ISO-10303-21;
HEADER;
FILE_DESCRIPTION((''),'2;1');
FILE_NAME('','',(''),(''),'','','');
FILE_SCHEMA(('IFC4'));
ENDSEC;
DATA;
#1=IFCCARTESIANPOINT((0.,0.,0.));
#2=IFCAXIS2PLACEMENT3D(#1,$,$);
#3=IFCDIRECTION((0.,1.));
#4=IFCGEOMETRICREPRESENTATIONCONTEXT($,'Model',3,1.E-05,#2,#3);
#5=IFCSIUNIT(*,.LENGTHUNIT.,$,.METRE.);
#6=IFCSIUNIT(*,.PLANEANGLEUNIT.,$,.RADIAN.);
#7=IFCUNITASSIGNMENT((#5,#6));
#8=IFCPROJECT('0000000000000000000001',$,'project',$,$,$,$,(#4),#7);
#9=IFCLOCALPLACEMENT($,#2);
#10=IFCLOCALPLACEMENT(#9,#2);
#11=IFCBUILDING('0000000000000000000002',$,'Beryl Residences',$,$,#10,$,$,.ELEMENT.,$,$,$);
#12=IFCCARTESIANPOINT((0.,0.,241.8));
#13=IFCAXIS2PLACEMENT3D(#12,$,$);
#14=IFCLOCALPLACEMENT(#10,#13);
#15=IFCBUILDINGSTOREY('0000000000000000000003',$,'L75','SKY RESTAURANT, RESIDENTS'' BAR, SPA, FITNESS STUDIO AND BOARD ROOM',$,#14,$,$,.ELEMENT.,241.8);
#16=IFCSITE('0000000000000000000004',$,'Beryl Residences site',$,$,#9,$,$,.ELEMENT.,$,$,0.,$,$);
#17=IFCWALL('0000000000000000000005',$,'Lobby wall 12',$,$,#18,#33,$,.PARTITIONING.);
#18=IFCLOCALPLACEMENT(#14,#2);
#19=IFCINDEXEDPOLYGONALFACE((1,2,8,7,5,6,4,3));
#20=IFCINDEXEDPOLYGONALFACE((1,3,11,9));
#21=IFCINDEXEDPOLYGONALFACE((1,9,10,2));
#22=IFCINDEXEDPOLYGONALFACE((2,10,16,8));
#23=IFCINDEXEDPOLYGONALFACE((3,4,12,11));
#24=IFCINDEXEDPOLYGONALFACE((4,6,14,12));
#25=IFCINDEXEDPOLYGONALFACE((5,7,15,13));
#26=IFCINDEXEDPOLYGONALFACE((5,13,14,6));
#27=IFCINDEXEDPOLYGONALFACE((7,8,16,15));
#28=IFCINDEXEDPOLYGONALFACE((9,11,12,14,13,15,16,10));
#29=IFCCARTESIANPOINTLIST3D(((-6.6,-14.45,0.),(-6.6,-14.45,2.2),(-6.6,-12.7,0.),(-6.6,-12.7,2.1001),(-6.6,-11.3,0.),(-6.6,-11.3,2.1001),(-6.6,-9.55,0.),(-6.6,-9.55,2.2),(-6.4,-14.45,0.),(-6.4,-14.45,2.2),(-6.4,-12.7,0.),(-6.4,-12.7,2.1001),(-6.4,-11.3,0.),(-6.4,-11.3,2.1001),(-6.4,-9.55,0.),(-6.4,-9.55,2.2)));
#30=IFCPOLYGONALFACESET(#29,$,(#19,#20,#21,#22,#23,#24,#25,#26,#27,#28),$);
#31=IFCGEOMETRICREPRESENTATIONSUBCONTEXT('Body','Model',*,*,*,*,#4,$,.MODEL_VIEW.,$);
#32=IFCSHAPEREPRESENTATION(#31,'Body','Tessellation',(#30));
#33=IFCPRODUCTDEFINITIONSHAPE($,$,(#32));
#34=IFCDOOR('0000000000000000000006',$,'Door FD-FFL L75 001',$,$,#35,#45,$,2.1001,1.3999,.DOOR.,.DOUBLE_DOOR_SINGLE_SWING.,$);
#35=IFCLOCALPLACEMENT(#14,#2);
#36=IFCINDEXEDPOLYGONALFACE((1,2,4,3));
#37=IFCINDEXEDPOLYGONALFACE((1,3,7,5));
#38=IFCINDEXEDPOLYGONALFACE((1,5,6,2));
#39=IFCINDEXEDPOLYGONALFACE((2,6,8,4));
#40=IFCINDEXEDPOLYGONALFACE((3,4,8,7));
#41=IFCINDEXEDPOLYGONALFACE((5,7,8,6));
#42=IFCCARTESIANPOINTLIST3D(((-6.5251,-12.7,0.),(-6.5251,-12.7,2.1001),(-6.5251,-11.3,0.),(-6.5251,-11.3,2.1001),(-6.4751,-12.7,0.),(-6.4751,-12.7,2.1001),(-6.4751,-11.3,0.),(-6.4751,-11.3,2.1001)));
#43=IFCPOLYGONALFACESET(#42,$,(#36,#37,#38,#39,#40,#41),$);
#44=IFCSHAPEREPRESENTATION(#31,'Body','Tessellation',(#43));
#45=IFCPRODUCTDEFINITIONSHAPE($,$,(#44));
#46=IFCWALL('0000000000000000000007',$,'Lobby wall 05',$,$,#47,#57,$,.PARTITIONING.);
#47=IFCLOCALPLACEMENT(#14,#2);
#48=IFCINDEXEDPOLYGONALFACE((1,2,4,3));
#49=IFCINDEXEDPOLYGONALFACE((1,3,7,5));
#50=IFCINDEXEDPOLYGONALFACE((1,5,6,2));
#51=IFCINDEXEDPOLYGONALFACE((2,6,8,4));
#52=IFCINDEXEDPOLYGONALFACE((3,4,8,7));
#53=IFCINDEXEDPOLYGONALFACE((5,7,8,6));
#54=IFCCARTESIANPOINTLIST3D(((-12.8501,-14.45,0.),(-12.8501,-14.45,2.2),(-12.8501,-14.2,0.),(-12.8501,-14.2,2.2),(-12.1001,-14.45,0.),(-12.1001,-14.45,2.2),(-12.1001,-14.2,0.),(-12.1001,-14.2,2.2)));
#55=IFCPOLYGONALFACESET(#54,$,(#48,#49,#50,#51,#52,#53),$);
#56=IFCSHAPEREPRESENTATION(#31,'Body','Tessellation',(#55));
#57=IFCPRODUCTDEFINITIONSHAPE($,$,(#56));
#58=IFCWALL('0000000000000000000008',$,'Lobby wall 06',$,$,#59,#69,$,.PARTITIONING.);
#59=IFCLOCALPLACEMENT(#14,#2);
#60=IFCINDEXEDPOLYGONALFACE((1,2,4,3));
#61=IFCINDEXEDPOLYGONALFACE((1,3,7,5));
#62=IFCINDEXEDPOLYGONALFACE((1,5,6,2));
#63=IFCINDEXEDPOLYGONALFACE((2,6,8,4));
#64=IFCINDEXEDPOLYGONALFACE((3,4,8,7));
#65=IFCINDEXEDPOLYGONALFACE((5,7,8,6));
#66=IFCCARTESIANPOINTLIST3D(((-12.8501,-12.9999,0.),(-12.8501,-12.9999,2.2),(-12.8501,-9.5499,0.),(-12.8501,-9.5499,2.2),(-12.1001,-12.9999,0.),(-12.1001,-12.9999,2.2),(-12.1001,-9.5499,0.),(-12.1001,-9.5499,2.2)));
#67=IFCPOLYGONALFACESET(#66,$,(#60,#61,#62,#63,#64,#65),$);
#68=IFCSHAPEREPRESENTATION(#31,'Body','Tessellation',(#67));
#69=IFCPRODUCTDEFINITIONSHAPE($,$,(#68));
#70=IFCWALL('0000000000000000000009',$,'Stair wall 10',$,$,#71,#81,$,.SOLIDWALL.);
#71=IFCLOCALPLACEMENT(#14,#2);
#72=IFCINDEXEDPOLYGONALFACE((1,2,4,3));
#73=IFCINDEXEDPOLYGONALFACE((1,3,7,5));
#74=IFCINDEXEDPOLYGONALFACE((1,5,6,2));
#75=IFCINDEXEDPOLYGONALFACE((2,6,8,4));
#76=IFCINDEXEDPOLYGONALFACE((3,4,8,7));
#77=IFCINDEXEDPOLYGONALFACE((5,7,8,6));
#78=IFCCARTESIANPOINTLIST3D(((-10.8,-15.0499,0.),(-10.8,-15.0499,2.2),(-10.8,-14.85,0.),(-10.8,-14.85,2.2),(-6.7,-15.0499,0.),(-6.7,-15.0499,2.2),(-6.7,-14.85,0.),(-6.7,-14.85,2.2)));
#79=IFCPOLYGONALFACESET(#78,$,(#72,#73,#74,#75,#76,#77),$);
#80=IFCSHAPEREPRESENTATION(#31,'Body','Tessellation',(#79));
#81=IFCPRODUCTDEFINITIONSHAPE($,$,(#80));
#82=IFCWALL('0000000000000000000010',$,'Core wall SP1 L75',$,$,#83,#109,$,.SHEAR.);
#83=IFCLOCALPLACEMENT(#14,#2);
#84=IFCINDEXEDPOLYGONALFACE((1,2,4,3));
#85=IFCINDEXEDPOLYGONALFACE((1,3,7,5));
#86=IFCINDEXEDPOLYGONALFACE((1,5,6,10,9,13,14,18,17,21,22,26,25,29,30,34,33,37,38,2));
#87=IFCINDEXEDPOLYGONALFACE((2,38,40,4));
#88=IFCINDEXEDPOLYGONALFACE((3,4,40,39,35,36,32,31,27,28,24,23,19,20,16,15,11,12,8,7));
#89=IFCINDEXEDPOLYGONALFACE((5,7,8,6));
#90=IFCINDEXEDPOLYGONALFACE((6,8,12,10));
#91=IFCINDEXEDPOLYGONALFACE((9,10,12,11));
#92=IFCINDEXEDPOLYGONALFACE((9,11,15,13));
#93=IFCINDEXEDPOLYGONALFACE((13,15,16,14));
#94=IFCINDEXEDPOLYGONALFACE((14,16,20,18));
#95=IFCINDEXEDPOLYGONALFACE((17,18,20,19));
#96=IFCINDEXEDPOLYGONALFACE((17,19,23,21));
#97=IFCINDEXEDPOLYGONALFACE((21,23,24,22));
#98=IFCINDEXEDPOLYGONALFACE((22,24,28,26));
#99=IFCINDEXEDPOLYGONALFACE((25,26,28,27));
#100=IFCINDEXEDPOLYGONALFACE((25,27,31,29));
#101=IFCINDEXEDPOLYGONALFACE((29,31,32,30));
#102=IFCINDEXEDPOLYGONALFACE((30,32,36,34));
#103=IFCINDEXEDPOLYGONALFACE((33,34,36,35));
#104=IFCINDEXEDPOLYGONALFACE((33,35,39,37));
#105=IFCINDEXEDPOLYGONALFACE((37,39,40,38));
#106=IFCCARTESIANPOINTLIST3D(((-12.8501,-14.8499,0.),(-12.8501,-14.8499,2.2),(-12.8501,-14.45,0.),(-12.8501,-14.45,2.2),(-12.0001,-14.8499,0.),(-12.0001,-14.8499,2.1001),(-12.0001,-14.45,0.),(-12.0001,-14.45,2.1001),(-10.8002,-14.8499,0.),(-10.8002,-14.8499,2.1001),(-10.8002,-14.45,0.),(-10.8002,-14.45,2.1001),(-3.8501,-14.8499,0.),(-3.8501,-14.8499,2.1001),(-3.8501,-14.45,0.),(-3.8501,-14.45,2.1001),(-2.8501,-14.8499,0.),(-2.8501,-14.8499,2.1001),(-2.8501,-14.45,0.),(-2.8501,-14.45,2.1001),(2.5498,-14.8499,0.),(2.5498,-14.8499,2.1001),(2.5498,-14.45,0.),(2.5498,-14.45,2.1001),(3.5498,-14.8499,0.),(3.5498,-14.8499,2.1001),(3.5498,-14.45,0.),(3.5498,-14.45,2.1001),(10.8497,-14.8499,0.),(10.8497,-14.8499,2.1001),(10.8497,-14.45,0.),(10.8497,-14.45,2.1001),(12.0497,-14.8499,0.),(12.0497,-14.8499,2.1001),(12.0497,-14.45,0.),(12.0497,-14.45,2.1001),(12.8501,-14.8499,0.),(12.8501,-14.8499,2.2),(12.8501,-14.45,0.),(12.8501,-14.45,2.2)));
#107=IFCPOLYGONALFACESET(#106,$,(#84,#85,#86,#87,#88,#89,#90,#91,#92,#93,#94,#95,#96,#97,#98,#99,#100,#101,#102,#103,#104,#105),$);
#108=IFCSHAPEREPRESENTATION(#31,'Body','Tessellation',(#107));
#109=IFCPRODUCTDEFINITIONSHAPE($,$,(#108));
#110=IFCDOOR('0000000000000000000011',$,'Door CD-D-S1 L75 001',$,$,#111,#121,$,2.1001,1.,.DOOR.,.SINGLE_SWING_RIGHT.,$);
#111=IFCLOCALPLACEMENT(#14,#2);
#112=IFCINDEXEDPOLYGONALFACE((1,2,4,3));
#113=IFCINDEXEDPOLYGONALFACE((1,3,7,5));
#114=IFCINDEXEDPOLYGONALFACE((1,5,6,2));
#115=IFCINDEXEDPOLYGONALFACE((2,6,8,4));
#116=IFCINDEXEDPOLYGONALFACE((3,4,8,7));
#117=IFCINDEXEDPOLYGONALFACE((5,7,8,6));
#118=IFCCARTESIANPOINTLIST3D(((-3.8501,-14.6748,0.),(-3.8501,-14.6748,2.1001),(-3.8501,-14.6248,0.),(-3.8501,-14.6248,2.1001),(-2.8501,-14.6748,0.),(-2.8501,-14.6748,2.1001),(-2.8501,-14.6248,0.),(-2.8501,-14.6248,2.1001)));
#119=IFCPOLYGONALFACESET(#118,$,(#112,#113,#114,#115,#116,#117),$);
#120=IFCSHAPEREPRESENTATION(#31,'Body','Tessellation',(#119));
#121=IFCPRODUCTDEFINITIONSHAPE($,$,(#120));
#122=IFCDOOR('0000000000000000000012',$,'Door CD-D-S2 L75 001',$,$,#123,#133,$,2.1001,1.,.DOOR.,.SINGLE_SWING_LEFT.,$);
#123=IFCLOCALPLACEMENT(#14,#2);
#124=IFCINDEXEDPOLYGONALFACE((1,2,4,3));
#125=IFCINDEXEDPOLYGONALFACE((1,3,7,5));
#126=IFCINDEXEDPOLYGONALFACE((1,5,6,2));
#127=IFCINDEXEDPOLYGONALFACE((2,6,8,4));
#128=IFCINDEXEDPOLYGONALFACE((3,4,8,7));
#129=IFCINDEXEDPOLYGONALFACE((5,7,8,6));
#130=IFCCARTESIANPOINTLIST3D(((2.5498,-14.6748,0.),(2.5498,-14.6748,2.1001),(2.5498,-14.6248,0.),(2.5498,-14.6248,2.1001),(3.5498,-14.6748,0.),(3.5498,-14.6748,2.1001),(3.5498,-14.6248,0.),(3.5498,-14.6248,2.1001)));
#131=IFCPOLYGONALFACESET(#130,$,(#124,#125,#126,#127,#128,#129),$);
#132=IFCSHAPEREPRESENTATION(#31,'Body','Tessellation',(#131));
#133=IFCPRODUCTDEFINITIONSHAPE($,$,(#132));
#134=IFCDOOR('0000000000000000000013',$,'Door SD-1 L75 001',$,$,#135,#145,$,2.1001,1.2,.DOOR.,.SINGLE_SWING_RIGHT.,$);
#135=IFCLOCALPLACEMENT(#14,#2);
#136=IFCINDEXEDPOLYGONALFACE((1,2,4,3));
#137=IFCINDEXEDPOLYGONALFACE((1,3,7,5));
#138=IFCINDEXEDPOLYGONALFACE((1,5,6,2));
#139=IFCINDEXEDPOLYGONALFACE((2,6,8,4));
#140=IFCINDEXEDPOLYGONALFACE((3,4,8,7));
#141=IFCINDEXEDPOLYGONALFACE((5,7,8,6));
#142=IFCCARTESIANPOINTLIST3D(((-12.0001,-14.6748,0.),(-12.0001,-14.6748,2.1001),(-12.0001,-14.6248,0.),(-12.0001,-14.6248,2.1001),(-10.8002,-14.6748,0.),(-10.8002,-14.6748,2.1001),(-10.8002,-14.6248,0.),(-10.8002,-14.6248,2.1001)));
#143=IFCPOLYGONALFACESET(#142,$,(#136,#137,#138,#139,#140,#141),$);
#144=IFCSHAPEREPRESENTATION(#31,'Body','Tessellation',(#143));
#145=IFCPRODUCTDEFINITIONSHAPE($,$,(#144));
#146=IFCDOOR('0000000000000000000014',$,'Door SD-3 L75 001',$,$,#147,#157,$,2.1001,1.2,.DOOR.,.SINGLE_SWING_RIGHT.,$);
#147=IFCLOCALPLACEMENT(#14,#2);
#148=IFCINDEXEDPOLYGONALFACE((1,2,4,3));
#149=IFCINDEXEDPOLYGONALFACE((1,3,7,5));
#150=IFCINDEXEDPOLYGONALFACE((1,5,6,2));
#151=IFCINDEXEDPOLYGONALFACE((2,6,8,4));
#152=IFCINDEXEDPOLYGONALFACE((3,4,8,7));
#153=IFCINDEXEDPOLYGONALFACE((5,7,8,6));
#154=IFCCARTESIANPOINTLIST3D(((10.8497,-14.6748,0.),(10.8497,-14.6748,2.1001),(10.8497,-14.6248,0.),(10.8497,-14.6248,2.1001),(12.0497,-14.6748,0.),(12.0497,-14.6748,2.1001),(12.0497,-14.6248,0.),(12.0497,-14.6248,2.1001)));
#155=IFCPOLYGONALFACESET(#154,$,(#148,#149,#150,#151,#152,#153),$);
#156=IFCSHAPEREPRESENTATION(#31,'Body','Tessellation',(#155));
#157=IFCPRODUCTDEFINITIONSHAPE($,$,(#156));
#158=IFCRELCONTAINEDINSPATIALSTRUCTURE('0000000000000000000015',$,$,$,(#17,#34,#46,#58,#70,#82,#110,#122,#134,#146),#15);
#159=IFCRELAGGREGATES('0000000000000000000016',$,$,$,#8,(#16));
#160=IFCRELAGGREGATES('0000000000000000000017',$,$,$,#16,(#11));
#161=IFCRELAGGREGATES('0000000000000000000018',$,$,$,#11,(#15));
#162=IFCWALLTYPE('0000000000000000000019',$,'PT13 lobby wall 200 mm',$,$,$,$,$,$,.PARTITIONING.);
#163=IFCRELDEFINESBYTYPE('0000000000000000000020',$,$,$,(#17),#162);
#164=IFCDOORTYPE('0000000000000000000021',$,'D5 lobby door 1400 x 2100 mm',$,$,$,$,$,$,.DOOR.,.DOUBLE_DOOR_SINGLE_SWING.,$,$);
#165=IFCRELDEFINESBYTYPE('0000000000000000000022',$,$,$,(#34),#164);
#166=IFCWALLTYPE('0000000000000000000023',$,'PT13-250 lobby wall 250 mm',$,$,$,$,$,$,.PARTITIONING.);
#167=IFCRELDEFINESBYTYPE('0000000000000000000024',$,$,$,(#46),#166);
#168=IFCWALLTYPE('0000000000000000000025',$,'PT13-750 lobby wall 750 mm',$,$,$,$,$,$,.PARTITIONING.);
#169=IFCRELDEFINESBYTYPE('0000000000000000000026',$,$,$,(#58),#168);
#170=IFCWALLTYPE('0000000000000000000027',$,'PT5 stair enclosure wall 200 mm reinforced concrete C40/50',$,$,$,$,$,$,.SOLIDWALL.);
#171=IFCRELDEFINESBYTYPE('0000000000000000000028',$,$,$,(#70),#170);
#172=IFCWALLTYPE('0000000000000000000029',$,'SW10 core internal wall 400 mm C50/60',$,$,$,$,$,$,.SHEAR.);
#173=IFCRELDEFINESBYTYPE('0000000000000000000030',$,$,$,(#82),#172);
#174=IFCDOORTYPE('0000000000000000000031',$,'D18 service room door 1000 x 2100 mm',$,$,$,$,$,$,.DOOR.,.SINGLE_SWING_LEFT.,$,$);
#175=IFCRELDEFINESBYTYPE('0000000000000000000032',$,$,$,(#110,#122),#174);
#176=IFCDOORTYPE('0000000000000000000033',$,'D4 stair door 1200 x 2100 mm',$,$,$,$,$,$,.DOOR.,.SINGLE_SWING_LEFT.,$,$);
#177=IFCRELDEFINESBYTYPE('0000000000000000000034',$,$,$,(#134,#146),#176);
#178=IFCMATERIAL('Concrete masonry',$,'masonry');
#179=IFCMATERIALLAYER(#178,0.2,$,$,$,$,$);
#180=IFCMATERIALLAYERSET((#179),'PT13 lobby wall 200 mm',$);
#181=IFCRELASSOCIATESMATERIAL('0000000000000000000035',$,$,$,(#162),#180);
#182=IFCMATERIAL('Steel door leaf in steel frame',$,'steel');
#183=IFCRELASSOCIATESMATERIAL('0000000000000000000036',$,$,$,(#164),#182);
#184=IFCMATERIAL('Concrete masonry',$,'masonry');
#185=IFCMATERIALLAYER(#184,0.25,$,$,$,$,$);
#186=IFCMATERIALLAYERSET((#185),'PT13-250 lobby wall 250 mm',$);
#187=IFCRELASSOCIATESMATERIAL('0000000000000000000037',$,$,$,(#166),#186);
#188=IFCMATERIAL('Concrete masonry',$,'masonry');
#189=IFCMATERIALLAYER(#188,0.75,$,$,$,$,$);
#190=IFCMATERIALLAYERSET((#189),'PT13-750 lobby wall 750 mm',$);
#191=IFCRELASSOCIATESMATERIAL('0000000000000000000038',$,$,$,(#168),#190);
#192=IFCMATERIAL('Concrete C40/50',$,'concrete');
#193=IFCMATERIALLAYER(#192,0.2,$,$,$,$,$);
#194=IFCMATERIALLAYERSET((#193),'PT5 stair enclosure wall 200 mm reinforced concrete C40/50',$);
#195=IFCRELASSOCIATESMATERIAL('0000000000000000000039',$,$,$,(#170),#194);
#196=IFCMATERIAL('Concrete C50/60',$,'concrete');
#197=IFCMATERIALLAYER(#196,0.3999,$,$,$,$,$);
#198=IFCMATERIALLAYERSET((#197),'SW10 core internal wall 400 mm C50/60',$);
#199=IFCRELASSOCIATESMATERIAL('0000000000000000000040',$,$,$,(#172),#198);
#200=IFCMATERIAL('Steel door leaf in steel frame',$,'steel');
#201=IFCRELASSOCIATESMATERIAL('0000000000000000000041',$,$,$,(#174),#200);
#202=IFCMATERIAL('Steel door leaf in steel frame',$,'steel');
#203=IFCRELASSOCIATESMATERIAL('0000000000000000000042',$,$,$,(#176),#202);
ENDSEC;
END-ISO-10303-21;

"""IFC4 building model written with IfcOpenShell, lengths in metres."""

from ifc_helpers import new_model, si_unit, direction, frame, frame_2d, origin, place, context, subcontext, project, spatial, rectangle, extrude, material, layer, layer_set, type_object, element, fill, save


model = new_model("IFC4")

# Units and contexts
model_context = context("Model", 3, precision=1e-05, world=origin(), true_north=direction((0.0, 1.0)))
body_context = subcontext(model_context, "Body", "Model", "MODEL_VIEW")
ifc_project = project(units=[si_unit("LENGTHUNIT", "METRE"), si_unit("PLANEANGLEUNIT", "RADIAN")], contexts=[model_context])

# Site, building, storey
site_placement = place(None, origin())
site = spatial("IfcSite", under=ifc_project, at=site_placement, Name="Beryl Residences site", CompositionType="ELEMENT", RefElevation=0.0)
building_placement = place(site_placement, origin())
building = spatial("IfcBuilding", under=site, at=building_placement, Name="Beryl Residences", CompositionType="ELEMENT")
storey_placement = place(building_placement, frame((0.0, 0.0, 241.8)))
storey = spatial("IfcBuildingStorey", under=building, at=storey_placement, Name="L75", Description="SKY RESTAURANT, RESIDENTS' BAR, SPA, FITNESS STUDIO AND BOARD ROOM", CompositionType="ELEMENT", Elevation=241.8)

# Wall, opening, door
ifc_material_1 = material(Name="Concrete masonry", Category="masonry")
ifc_layer_1 = layer(ifc_material_1, 0.2)
ifc_layer_set_1 = layer_set([ifc_layer_1], Name="PT13 lobby wall 200 mm")
wall_type_1 = type_object("IfcWallType", Name="PT13 lobby wall 200 mm", PredefinedType="PARTITIONING", material=ifc_layer_set_1)
wall_1_placement = place(storey_placement, frame((-6.5, -14.45, 0.0), z_axis=(0.0, 0.0, 1.0), x_axis=(0.0, 1.0, 0.0)))
wall_1 = element("IfcWall", 1, at=wall_1_placement, inside=storey, type_object=wall_type_1, Name="Lobby wall 12", PredefinedType="PARTITIONING", context=body_context, shape_type="SweptSolid", body=[
    extrude(rectangle(XDim=4.8999, YDim=0.2, at=frame_2d((2.45, 0.0))), origin(), (0.0, 0.0, 1.0), 2.2),
])
opening_1_placement = place(wall_1_placement, frame((3.1499, 0.0, 0.0), z_axis=(0.0, 0.0, 1.0), x_axis=(-1.0, 0.0, 0.0)))
opening_1 = element("IfcOpeningElement", 2, at=opening_1_placement, cuts=wall_1, PredefinedType="OPENING", context=body_context, shape_type="SweptSolid", body=[
    extrude(rectangle(XDim=1.3999, YDim=2.1001, at=frame_2d((0.7, 1.05))), frame((0.0, 0.1099, 0.0), z_axis=(0.0, -1.0, 0.0), x_axis=(1.0, 0.0, 0.0)), (0.0, 0.0, 1.0), 0.22),
])
ifc_material_2 = material(Name="Steel door leaf in steel frame", Category="steel")
door_type_1 = type_object("IfcDoorType", Name="D5 lobby door 1400 x 2100 mm", OperationType="DOUBLE_DOOR_SINGLE_SWING", PredefinedType="DOOR", material=ifc_material_2)
door_1_placement = place(opening_1_placement, origin())
door_1 = element("IfcDoor", 3, at=door_1_placement, inside=storey, type_object=door_type_1, Name="Door FD-FFL L75 001", OperationType="DOUBLE_DOOR_SINGLE_SWING", OverallHeight=2.1001, OverallWidth=1.3999, PredefinedType="DOOR", context=body_context, shape_type="SweptSolid", body=[
    extrude(rectangle(XDim=1.3999, YDim=2.1001, at=frame_2d((0.7, 1.05))), frame((0.0, 0.0249, 0.0), z_axis=(0.0, -1.0, 0.0), x_axis=(1.0, 0.0, 0.0)), (0.0, 0.0, 1.0), 0.05),
])
fill(opening_1, door_1)

# Walls
ifc_material_3 = material(Name="Concrete masonry", Category="masonry")
ifc_layer_2 = layer(ifc_material_3, 0.25)
ifc_layer_set_2 = layer_set([ifc_layer_2], Name="PT13-250 lobby wall 250 mm")
wall_type_2 = type_object("IfcWallType", Name="PT13-250 lobby wall 250 mm", PredefinedType="PARTITIONING", material=ifc_layer_set_2)
wall_2_placement = place(storey_placement, frame((-12.8501, -14.325, 0.0), z_axis=(0.0, 0.0, 1.0), x_axis=(1.0, 0.0, 0.0)))
element("IfcWall", 4, at=wall_2_placement, inside=storey, type_object=wall_type_2, Name="Lobby wall 05", PredefinedType="PARTITIONING", context=body_context, shape_type="SweptSolid", body=[
    extrude(rectangle(XDim=0.75, YDim=0.25, at=frame_2d((0.375, 0.0))), origin(), (0.0, 0.0, 1.0), 2.2),
])
ifc_material_4 = material(Name="Concrete masonry", Category="masonry")
ifc_layer_3 = layer(ifc_material_4, 0.75)
ifc_layer_set_3 = layer_set([ifc_layer_3], Name="PT13-750 lobby wall 750 mm")
wall_type_3 = type_object("IfcWallType", Name="PT13-750 lobby wall 750 mm", PredefinedType="PARTITIONING", material=ifc_layer_set_3)
wall_3_placement = place(storey_placement, frame((-12.4751, -13.0, 0.0), z_axis=(0.0, 0.0, 1.0), x_axis=(0.0, 1.0, 0.0)))
element("IfcWall", 5, at=wall_3_placement, inside=storey, type_object=wall_type_3, Name="Lobby wall 06", PredefinedType="PARTITIONING", context=body_context, shape_type="SweptSolid", body=[
    extrude(rectangle(XDim=3.45, YDim=0.75, at=frame_2d((1.7251, 0.0))), origin(), (0.0, 0.0, 1.0), 2.2),
])
ifc_material_5 = material(Name="Concrete C40/50", Category="concrete")
ifc_layer_4 = layer(ifc_material_5, 0.2)
ifc_layer_set_4 = layer_set([ifc_layer_4], Name="PT5 stair enclosure wall 200 mm reinforced concrete C40/50")
wall_type_4 = type_object("IfcWallType", Name="PT5 stair enclosure wall 200 mm reinforced concrete C40/50", PredefinedType="SOLIDWALL", material=ifc_layer_set_4)
wall_4_placement = place(storey_placement, frame((-10.8, -14.95, 0.0), z_axis=(0.0, 0.0, 1.0), x_axis=(1.0, 0.0, 0.0)))
element("IfcWall", 6, at=wall_4_placement, inside=storey, type_object=wall_type_4, Name="Stair wall 10", PredefinedType="SOLIDWALL", context=body_context, shape_type="SweptSolid", body=[
    extrude(rectangle(XDim=4.1001, YDim=0.2, at=frame_2d((2.05, 0.0))), origin(), (0.0, 0.0, 1.0), 2.2),
])

# Wall, openings, doors
ifc_material_6 = material(Name="Concrete C50/60", Category="concrete")
ifc_layer_5 = layer(ifc_material_6, 0.3999)
ifc_layer_set_5 = layer_set([ifc_layer_5], Name="SW10 core internal wall 400 mm C50/60")
wall_type_5 = type_object("IfcWallType", Name="SW10 core internal wall 400 mm C50/60", PredefinedType="SHEAR", material=ifc_layer_set_5)
wall_5_placement = place(storey_placement, frame((-12.8501, -14.6499, 0.0), z_axis=(0.0, 0.0, 1.0), x_axis=(1.0, 0.0, 0.0)))
wall_5 = element("IfcWall", 7, at=wall_5_placement, inside=storey, type_object=wall_type_5, Name="Core wall SP1 L75", PredefinedType="SHEAR", context=body_context, shape_type="SweptSolid", body=[
    extrude(rectangle(XDim=25.7002, YDim=0.3999, at=frame_2d((12.8501, 0.0))), origin(), (0.0, 0.0, 1.0), 2.2),
])
opening_2_placement = place(wall_5_placement, frame((2.05, 0.0, 0.0), z_axis=(0.0, 0.0, 1.0), x_axis=(-1.0, 0.0, 0.0)))
opening_2 = element("IfcOpeningElement", 8, at=opening_2_placement, cuts=wall_5, PredefinedType="OPENING", context=body_context, shape_type="SweptSolid", body=[
    extrude(rectangle(XDim=1.2, YDim=2.1001, at=frame_2d((0.6001, 1.05))), frame((0.0, 0.21, 0.0), z_axis=(0.0, -1.0, 0.0), x_axis=(1.0, 0.0, 0.0)), (0.0, 0.0, 1.0), 0.4199),
])
opening_3_placement = place(wall_5_placement, frame((24.8999, 0.0, 0.0), z_axis=(0.0, 0.0, 1.0), x_axis=(-1.0, 0.0, 0.0)))
opening_3 = element("IfcOpeningElement", 9, at=opening_3_placement, cuts=wall_5, PredefinedType="OPENING", context=body_context, shape_type="SweptSolid", body=[
    extrude(rectangle(XDim=1.2, YDim=2.1001, at=frame_2d((0.6001, 1.05))), frame((0.0, 0.21, 0.0), z_axis=(0.0, -1.0, 0.0), x_axis=(1.0, 0.0, 0.0)), (0.0, 0.0, 1.0), 0.4199),
])
opening_4_placement = place(wall_5_placement, frame((10.0, 0.0, 0.0), z_axis=(0.0, 0.0, 1.0), x_axis=(-1.0, 0.0, 0.0)))
opening_4 = element("IfcOpeningElement", 10, at=opening_4_placement, cuts=wall_5, PredefinedType="OPENING", context=body_context, shape_type="SweptSolid", body=[
    extrude(rectangle(XDim=1.0, YDim=2.1001, at=frame_2d((0.5, 1.05))), frame((0.0, 0.21, 0.0), z_axis=(0.0, -1.0, 0.0), x_axis=(1.0, 0.0, 0.0)), (0.0, 0.0, 1.0), 0.4199),
])
opening_5_placement = place(wall_5_placement, frame((16.3999, 0.0, 0.0), z_axis=(0.0, 0.0, 1.0), x_axis=(-1.0, 0.0, 0.0)))
opening_5 = element("IfcOpeningElement", 11, at=opening_5_placement, cuts=wall_5, PredefinedType="OPENING", context=body_context, shape_type="SweptSolid", body=[
    extrude(rectangle(XDim=1.0, YDim=2.1001, at=frame_2d((0.5, 1.05))), frame((0.0, 0.21, 0.0), z_axis=(0.0, -1.0, 0.0), x_axis=(1.0, 0.0, 0.0)), (0.0, 0.0, 1.0), 0.4199),
])
ifc_material_7 = material(Name="Steel door leaf in steel frame", Category="steel")
door_type_2 = type_object("IfcDoorType", Name="D18 service room door 1000 x 2100 mm", OperationType="SINGLE_SWING_LEFT", PredefinedType="DOOR", material=ifc_material_7)
door_2_placement = place(opening_4_placement, origin())
door_2 = element("IfcDoor", 12, at=door_2_placement, inside=storey, type_object=door_type_2, Name="Door CD-D-S1 L75 001", OperationType="SINGLE_SWING_RIGHT", OverallHeight=2.1001, OverallWidth=1.0, PredefinedType="DOOR", context=body_context, shape_type="SweptSolid", body=[
    extrude(rectangle(XDim=1.0, YDim=2.1001, at=frame_2d((0.5, 1.05))), frame((0.0, 0.0249, 0.0), z_axis=(0.0, -1.0, 0.0), x_axis=(1.0, 0.0, 0.0)), (0.0, 0.0, 1.0), 0.05),
])
fill(opening_4, door_2)
door_3_placement = place(opening_5_placement, origin())
door_3 = element("IfcDoor", 13, at=door_3_placement, inside=storey, type_object=door_type_2, Name="Door CD-D-S2 L75 001", OperationType="SINGLE_SWING_LEFT", OverallHeight=2.1001, OverallWidth=1.0, PredefinedType="DOOR", context=body_context, shape_type="SweptSolid", body=[
    extrude(rectangle(XDim=1.0, YDim=2.1001, at=frame_2d((0.5, 1.05))), frame((0.0, 0.0249, 0.0), z_axis=(0.0, -1.0, 0.0), x_axis=(1.0, 0.0, 0.0)), (0.0, 0.0, 1.0), 0.05),
])
fill(opening_5, door_3)
ifc_material_8 = material(Name="Steel door leaf in steel frame", Category="steel")
door_type_3 = type_object("IfcDoorType", Name="D4 stair door 1200 x 2100 mm", OperationType="SINGLE_SWING_LEFT", PredefinedType="DOOR", material=ifc_material_8)
door_4_placement = place(opening_2_placement, origin())
door_4 = element("IfcDoor", 14, at=door_4_placement, inside=storey, type_object=door_type_3, Name="Door SD-1 L75 001", OperationType="SINGLE_SWING_RIGHT", OverallHeight=2.1001, OverallWidth=1.2, PredefinedType="DOOR", context=body_context, shape_type="SweptSolid", body=[
    extrude(rectangle(XDim=1.2, YDim=2.1001, at=frame_2d((0.6001, 1.05))), frame((0.0, 0.0249, 0.0), z_axis=(0.0, -1.0, 0.0), x_axis=(1.0, 0.0, 0.0)), (0.0, 0.0, 1.0), 0.05),
])
fill(opening_2, door_4)
door_5_placement = place(opening_3_placement, origin())
door_5 = element("IfcDoor", 15, at=door_5_placement, inside=storey, type_object=door_type_3, Name="Door SD-3 L75 001", OperationType="SINGLE_SWING_RIGHT", OverallHeight=2.1001, OverallWidth=1.2, PredefinedType="DOOR", context=body_context, shape_type="SweptSolid", body=[
    extrude(rectangle(XDim=1.2, YDim=2.1001, at=frame_2d((0.6001, 1.05))), frame((0.0, 0.0249, 0.0), z_axis=(0.0, -1.0, 0.0), x_axis=(1.0, 0.0, 0.0)), (0.0, 0.0, 1.0), 0.05),
])
fill(opening_3, door_5)

save(model, "model.ifc")
